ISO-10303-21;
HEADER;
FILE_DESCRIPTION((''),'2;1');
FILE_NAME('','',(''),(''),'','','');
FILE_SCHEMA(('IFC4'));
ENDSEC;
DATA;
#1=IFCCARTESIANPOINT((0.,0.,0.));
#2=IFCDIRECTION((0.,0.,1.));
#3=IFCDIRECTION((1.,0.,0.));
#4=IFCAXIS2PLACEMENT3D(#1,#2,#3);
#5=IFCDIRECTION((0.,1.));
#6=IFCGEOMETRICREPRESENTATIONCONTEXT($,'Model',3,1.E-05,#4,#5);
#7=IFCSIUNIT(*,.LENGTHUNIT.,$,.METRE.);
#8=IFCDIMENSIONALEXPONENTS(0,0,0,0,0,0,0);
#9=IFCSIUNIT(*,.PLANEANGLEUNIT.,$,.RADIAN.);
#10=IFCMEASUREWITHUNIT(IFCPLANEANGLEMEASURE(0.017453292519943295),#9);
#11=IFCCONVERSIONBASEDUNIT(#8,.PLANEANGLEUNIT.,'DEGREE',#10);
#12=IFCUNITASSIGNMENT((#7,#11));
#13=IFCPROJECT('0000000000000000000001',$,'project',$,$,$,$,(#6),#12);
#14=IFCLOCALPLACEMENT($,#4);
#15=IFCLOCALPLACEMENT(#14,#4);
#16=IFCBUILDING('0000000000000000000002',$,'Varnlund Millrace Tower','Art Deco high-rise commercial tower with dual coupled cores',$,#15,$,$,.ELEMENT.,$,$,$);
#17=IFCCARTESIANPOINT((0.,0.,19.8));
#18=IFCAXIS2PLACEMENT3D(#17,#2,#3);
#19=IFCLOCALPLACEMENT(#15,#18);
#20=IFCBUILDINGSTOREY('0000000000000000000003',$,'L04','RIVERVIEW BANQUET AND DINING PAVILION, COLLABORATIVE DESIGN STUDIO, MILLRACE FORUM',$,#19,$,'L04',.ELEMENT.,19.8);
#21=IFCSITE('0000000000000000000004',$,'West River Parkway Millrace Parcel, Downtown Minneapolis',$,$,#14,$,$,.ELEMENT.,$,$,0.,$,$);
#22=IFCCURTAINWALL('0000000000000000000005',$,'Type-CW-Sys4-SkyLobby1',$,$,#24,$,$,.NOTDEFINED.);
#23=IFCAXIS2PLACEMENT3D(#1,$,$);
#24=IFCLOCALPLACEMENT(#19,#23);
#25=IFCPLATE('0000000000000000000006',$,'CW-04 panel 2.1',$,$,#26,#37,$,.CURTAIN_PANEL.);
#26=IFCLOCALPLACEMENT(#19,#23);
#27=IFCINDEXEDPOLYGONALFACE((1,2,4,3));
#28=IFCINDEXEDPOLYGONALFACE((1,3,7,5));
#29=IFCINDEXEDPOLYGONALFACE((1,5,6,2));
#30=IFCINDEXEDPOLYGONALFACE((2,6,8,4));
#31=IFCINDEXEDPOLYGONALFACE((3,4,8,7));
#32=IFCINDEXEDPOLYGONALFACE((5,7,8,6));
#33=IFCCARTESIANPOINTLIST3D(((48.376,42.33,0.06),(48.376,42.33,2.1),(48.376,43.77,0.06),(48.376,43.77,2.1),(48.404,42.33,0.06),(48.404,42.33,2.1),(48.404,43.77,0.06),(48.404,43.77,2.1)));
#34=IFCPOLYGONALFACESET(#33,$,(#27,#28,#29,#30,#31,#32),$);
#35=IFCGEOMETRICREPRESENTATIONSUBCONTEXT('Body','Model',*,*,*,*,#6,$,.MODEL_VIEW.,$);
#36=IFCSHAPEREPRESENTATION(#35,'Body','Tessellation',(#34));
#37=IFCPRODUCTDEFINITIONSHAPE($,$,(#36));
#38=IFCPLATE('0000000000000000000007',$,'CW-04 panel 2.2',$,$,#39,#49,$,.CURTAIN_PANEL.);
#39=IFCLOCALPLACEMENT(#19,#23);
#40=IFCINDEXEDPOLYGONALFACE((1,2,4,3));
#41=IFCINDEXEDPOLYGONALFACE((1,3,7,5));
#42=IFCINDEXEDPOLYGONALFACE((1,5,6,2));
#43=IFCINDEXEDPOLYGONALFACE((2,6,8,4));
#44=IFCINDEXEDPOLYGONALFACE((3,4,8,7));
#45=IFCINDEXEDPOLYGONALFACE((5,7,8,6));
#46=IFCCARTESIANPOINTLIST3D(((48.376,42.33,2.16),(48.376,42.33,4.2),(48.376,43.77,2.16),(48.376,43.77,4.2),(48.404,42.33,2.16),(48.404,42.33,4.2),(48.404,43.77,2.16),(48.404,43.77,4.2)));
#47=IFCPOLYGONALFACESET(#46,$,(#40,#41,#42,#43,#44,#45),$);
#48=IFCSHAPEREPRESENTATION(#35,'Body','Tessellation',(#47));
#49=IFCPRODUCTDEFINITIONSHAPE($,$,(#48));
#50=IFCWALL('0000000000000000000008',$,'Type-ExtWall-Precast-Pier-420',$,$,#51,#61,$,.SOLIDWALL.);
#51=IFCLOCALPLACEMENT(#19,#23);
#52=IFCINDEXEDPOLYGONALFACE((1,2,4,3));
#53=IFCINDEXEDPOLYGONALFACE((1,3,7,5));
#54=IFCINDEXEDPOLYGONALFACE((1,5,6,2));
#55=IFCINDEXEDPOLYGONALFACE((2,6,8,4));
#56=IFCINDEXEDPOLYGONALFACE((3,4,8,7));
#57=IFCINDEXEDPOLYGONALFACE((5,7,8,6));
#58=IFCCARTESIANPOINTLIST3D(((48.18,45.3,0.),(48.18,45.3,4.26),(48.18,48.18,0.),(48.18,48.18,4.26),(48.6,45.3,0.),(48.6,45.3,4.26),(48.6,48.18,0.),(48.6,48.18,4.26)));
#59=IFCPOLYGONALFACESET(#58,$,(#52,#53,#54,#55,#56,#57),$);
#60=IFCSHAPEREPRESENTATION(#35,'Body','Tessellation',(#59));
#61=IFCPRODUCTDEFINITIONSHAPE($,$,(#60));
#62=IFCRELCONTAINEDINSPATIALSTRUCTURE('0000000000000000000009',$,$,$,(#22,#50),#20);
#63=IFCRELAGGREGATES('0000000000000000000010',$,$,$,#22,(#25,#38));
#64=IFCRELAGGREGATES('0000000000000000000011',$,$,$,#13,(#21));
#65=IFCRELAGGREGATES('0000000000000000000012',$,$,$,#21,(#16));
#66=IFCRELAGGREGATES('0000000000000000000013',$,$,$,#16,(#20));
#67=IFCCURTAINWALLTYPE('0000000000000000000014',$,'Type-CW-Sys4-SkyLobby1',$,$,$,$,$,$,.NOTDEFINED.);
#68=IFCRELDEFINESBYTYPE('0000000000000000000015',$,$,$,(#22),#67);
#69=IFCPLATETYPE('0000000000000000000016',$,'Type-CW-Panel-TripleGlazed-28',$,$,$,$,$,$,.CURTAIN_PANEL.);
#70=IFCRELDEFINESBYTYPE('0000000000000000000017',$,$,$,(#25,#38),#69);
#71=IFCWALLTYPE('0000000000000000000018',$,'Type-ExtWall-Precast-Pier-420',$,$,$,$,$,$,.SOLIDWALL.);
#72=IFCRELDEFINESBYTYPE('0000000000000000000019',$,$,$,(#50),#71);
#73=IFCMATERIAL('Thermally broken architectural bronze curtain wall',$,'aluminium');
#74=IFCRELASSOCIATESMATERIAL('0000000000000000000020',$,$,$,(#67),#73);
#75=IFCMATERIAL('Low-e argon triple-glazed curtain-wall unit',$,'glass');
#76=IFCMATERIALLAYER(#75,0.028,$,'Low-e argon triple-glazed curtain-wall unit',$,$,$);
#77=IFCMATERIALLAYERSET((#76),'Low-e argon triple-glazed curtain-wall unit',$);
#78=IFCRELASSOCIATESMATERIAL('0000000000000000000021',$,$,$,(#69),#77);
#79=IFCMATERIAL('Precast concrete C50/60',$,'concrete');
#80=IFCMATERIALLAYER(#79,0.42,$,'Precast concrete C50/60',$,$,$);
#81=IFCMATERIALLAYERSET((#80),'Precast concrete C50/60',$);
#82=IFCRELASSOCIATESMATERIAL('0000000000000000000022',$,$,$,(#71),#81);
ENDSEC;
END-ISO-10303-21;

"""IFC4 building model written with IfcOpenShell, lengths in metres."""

from ifc_helpers import new_model, entity, si_unit, converted_unit, direction, frame, origin_with_axes, origin_2d_with_axis, place, context, subcontext, project, spatial, polyline, rectangle, outline, extrude, material, layer, layer_set, type_object, element, aggregate, save


model = new_model("IFC4")

# Units and contexts
model_context = context("Model", 3, precision=1e-05, world=origin_with_axes(), true_north=direction((0.0, 1.0)))
body_context = subcontext(model_context, "Body", "Model", "MODEL_VIEW")
ifc_project = project(units=[si_unit("LENGTHUNIT", "METRE"), converted_unit("PLANEANGLEUNIT", "DEGREE", entity("IfcPlaneAngleMeasure", 0.017453292519943295), si_unit("PLANEANGLEUNIT", "RADIAN"), dimensions=[0, 0, 0, 0, 0, 0, 0])], contexts=[model_context])

# Site, building, storey
site_placement = place(None, origin_with_axes())
site = spatial("IfcSite", under=ifc_project, at=site_placement, Name="West River Parkway Millrace Parcel, Downtown Minneapolis", CompositionType="ELEMENT", RefElevation=0.0)
building_placement = place(site_placement, origin_with_axes())
building = spatial("IfcBuilding", under=site, at=building_placement, Name="Varnlund Millrace Tower", Description="Art Deco high-rise commercial tower with dual coupled cores", CompositionType="ELEMENT")
storey_placement = place(building_placement, frame((0.0, 0.0, 19.8), z_axis=(0.0, 0.0, 1.0), x_axis=(1.0, 0.0, 0.0)))
storey = spatial("IfcBuildingStorey", under=building, at=storey_placement, Name="L04", Description="RIVERVIEW BANQUET AND DINING PAVILION, COLLABORATIVE DESIGN STUDIO, MILLRACE FORUM", LongName="L04", CompositionType="ELEMENT", Elevation=19.8)

# Shared definitions
ifc_material_1 = material(Name="Thermally broken architectural bronze curtain wall", Category="aluminium")
curtain_wall_type = type_object("IfcCurtainWallType", Name="Type-CW-Sys4-SkyLobby1", PredefinedType="NOTDEFINED", material=ifc_material_1)

# Curtain wall
curtain_wall_1_placement = place(storey_placement, frame((48.39, 45.3, 0.0), z_axis=(0.0, 0.0, 1.0), x_axis=(1.0, 0.0, 0.0)))
curtain_wall_1 = element("IfcCurtainWall", 1, at=curtain_wall_1_placement, inside=storey, type_object=curtain_wall_type, Name="Type-CW-Sys4-SkyLobby1", PredefinedType="NOTDEFINED")

# Plates
ifc_material_2 = material(Name="Low-e argon triple-glazed curtain-wall unit", Category="glass")
ifc_layer_1 = layer(ifc_material_2, 0.028, Name="Low-e argon triple-glazed curtain-wall unit")
ifc_layer_set_1 = layer_set([ifc_layer_1], Name="Low-e argon triple-glazed curtain-wall unit")
plate_type = type_object("IfcPlateType", Name="Type-CW-Panel-TripleGlazed-28", PredefinedType="CURTAIN_PANEL", material=ifc_layer_set_1)
plate_1_placement = place(storey_placement, frame((48.39, 43.05, 0.06), z_axis=(0.0, 0.0, 1.0), x_axis=(0.0, -1.0, 0.0)))
plate_1 = element("IfcPlate", 2, at=plate_1_placement, type_object=plate_type, Name="CW-04 panel 2.1", PredefinedType="CURTAIN_PANEL", context=body_context, shape_type="SweptSolid", body=[
    extrude(rectangle(XDim=1.44, YDim=0.028, at=origin_2d_with_axis()), origin_with_axes(), (0.0, 0.0, 1.0), 2.04),
])
plate_2_placement = place(storey_placement, frame((48.39, 43.05, 2.16), z_axis=(0.0, 0.0, 1.0), x_axis=(0.0, -1.0, 0.0)))
plate_2 = element("IfcPlate", 3, at=plate_2_placement, type_object=plate_type, Name="CW-04 panel 2.2", PredefinedType="CURTAIN_PANEL", context=body_context, shape_type="SweptSolid", body=[
    extrude(rectangle(XDim=1.44, YDim=0.028, at=origin_2d_with_axis()), origin_with_axes(), (0.0, 0.0, 1.0), 2.04),
])
aggregate(curtain_wall_1, [plate_1, plate_2])

# Wall
ifc_material_3 = material(Name="Precast concrete C50/60", Category="concrete")
ifc_layer_2 = layer(ifc_material_3, 0.42, Name="Precast concrete C50/60")
ifc_layer_set_2 = layer_set([ifc_layer_2], Name="Precast concrete C50/60")
wall_type = type_object("IfcWallType", Name="Type-ExtWall-Precast-Pier-420", PredefinedType="SOLIDWALL", material=ifc_layer_set_2)
wall_placement = place(storey_placement, frame((48.39, 48.18, 0.0), z_axis=(0.0, 0.0, 1.0), x_axis=(0.0, -1.0, 0.0)))
element("IfcWall", 4, at=wall_placement, inside=storey, type_object=wall_type, Name="Type-ExtWall-Precast-Pier-420", PredefinedType="SOLIDWALL", context=body_context, shape_type="SweptSolid", body=[
    extrude(outline(polyline([(0.0, -0.21), (2.88, -0.21), (2.88, 0.21), (0.0, 0.21), (0.0, -0.21)])), origin_with_axes(), (0.0, 0.0, 1.0), 4.26),
])

save(model, "model.ifc")
